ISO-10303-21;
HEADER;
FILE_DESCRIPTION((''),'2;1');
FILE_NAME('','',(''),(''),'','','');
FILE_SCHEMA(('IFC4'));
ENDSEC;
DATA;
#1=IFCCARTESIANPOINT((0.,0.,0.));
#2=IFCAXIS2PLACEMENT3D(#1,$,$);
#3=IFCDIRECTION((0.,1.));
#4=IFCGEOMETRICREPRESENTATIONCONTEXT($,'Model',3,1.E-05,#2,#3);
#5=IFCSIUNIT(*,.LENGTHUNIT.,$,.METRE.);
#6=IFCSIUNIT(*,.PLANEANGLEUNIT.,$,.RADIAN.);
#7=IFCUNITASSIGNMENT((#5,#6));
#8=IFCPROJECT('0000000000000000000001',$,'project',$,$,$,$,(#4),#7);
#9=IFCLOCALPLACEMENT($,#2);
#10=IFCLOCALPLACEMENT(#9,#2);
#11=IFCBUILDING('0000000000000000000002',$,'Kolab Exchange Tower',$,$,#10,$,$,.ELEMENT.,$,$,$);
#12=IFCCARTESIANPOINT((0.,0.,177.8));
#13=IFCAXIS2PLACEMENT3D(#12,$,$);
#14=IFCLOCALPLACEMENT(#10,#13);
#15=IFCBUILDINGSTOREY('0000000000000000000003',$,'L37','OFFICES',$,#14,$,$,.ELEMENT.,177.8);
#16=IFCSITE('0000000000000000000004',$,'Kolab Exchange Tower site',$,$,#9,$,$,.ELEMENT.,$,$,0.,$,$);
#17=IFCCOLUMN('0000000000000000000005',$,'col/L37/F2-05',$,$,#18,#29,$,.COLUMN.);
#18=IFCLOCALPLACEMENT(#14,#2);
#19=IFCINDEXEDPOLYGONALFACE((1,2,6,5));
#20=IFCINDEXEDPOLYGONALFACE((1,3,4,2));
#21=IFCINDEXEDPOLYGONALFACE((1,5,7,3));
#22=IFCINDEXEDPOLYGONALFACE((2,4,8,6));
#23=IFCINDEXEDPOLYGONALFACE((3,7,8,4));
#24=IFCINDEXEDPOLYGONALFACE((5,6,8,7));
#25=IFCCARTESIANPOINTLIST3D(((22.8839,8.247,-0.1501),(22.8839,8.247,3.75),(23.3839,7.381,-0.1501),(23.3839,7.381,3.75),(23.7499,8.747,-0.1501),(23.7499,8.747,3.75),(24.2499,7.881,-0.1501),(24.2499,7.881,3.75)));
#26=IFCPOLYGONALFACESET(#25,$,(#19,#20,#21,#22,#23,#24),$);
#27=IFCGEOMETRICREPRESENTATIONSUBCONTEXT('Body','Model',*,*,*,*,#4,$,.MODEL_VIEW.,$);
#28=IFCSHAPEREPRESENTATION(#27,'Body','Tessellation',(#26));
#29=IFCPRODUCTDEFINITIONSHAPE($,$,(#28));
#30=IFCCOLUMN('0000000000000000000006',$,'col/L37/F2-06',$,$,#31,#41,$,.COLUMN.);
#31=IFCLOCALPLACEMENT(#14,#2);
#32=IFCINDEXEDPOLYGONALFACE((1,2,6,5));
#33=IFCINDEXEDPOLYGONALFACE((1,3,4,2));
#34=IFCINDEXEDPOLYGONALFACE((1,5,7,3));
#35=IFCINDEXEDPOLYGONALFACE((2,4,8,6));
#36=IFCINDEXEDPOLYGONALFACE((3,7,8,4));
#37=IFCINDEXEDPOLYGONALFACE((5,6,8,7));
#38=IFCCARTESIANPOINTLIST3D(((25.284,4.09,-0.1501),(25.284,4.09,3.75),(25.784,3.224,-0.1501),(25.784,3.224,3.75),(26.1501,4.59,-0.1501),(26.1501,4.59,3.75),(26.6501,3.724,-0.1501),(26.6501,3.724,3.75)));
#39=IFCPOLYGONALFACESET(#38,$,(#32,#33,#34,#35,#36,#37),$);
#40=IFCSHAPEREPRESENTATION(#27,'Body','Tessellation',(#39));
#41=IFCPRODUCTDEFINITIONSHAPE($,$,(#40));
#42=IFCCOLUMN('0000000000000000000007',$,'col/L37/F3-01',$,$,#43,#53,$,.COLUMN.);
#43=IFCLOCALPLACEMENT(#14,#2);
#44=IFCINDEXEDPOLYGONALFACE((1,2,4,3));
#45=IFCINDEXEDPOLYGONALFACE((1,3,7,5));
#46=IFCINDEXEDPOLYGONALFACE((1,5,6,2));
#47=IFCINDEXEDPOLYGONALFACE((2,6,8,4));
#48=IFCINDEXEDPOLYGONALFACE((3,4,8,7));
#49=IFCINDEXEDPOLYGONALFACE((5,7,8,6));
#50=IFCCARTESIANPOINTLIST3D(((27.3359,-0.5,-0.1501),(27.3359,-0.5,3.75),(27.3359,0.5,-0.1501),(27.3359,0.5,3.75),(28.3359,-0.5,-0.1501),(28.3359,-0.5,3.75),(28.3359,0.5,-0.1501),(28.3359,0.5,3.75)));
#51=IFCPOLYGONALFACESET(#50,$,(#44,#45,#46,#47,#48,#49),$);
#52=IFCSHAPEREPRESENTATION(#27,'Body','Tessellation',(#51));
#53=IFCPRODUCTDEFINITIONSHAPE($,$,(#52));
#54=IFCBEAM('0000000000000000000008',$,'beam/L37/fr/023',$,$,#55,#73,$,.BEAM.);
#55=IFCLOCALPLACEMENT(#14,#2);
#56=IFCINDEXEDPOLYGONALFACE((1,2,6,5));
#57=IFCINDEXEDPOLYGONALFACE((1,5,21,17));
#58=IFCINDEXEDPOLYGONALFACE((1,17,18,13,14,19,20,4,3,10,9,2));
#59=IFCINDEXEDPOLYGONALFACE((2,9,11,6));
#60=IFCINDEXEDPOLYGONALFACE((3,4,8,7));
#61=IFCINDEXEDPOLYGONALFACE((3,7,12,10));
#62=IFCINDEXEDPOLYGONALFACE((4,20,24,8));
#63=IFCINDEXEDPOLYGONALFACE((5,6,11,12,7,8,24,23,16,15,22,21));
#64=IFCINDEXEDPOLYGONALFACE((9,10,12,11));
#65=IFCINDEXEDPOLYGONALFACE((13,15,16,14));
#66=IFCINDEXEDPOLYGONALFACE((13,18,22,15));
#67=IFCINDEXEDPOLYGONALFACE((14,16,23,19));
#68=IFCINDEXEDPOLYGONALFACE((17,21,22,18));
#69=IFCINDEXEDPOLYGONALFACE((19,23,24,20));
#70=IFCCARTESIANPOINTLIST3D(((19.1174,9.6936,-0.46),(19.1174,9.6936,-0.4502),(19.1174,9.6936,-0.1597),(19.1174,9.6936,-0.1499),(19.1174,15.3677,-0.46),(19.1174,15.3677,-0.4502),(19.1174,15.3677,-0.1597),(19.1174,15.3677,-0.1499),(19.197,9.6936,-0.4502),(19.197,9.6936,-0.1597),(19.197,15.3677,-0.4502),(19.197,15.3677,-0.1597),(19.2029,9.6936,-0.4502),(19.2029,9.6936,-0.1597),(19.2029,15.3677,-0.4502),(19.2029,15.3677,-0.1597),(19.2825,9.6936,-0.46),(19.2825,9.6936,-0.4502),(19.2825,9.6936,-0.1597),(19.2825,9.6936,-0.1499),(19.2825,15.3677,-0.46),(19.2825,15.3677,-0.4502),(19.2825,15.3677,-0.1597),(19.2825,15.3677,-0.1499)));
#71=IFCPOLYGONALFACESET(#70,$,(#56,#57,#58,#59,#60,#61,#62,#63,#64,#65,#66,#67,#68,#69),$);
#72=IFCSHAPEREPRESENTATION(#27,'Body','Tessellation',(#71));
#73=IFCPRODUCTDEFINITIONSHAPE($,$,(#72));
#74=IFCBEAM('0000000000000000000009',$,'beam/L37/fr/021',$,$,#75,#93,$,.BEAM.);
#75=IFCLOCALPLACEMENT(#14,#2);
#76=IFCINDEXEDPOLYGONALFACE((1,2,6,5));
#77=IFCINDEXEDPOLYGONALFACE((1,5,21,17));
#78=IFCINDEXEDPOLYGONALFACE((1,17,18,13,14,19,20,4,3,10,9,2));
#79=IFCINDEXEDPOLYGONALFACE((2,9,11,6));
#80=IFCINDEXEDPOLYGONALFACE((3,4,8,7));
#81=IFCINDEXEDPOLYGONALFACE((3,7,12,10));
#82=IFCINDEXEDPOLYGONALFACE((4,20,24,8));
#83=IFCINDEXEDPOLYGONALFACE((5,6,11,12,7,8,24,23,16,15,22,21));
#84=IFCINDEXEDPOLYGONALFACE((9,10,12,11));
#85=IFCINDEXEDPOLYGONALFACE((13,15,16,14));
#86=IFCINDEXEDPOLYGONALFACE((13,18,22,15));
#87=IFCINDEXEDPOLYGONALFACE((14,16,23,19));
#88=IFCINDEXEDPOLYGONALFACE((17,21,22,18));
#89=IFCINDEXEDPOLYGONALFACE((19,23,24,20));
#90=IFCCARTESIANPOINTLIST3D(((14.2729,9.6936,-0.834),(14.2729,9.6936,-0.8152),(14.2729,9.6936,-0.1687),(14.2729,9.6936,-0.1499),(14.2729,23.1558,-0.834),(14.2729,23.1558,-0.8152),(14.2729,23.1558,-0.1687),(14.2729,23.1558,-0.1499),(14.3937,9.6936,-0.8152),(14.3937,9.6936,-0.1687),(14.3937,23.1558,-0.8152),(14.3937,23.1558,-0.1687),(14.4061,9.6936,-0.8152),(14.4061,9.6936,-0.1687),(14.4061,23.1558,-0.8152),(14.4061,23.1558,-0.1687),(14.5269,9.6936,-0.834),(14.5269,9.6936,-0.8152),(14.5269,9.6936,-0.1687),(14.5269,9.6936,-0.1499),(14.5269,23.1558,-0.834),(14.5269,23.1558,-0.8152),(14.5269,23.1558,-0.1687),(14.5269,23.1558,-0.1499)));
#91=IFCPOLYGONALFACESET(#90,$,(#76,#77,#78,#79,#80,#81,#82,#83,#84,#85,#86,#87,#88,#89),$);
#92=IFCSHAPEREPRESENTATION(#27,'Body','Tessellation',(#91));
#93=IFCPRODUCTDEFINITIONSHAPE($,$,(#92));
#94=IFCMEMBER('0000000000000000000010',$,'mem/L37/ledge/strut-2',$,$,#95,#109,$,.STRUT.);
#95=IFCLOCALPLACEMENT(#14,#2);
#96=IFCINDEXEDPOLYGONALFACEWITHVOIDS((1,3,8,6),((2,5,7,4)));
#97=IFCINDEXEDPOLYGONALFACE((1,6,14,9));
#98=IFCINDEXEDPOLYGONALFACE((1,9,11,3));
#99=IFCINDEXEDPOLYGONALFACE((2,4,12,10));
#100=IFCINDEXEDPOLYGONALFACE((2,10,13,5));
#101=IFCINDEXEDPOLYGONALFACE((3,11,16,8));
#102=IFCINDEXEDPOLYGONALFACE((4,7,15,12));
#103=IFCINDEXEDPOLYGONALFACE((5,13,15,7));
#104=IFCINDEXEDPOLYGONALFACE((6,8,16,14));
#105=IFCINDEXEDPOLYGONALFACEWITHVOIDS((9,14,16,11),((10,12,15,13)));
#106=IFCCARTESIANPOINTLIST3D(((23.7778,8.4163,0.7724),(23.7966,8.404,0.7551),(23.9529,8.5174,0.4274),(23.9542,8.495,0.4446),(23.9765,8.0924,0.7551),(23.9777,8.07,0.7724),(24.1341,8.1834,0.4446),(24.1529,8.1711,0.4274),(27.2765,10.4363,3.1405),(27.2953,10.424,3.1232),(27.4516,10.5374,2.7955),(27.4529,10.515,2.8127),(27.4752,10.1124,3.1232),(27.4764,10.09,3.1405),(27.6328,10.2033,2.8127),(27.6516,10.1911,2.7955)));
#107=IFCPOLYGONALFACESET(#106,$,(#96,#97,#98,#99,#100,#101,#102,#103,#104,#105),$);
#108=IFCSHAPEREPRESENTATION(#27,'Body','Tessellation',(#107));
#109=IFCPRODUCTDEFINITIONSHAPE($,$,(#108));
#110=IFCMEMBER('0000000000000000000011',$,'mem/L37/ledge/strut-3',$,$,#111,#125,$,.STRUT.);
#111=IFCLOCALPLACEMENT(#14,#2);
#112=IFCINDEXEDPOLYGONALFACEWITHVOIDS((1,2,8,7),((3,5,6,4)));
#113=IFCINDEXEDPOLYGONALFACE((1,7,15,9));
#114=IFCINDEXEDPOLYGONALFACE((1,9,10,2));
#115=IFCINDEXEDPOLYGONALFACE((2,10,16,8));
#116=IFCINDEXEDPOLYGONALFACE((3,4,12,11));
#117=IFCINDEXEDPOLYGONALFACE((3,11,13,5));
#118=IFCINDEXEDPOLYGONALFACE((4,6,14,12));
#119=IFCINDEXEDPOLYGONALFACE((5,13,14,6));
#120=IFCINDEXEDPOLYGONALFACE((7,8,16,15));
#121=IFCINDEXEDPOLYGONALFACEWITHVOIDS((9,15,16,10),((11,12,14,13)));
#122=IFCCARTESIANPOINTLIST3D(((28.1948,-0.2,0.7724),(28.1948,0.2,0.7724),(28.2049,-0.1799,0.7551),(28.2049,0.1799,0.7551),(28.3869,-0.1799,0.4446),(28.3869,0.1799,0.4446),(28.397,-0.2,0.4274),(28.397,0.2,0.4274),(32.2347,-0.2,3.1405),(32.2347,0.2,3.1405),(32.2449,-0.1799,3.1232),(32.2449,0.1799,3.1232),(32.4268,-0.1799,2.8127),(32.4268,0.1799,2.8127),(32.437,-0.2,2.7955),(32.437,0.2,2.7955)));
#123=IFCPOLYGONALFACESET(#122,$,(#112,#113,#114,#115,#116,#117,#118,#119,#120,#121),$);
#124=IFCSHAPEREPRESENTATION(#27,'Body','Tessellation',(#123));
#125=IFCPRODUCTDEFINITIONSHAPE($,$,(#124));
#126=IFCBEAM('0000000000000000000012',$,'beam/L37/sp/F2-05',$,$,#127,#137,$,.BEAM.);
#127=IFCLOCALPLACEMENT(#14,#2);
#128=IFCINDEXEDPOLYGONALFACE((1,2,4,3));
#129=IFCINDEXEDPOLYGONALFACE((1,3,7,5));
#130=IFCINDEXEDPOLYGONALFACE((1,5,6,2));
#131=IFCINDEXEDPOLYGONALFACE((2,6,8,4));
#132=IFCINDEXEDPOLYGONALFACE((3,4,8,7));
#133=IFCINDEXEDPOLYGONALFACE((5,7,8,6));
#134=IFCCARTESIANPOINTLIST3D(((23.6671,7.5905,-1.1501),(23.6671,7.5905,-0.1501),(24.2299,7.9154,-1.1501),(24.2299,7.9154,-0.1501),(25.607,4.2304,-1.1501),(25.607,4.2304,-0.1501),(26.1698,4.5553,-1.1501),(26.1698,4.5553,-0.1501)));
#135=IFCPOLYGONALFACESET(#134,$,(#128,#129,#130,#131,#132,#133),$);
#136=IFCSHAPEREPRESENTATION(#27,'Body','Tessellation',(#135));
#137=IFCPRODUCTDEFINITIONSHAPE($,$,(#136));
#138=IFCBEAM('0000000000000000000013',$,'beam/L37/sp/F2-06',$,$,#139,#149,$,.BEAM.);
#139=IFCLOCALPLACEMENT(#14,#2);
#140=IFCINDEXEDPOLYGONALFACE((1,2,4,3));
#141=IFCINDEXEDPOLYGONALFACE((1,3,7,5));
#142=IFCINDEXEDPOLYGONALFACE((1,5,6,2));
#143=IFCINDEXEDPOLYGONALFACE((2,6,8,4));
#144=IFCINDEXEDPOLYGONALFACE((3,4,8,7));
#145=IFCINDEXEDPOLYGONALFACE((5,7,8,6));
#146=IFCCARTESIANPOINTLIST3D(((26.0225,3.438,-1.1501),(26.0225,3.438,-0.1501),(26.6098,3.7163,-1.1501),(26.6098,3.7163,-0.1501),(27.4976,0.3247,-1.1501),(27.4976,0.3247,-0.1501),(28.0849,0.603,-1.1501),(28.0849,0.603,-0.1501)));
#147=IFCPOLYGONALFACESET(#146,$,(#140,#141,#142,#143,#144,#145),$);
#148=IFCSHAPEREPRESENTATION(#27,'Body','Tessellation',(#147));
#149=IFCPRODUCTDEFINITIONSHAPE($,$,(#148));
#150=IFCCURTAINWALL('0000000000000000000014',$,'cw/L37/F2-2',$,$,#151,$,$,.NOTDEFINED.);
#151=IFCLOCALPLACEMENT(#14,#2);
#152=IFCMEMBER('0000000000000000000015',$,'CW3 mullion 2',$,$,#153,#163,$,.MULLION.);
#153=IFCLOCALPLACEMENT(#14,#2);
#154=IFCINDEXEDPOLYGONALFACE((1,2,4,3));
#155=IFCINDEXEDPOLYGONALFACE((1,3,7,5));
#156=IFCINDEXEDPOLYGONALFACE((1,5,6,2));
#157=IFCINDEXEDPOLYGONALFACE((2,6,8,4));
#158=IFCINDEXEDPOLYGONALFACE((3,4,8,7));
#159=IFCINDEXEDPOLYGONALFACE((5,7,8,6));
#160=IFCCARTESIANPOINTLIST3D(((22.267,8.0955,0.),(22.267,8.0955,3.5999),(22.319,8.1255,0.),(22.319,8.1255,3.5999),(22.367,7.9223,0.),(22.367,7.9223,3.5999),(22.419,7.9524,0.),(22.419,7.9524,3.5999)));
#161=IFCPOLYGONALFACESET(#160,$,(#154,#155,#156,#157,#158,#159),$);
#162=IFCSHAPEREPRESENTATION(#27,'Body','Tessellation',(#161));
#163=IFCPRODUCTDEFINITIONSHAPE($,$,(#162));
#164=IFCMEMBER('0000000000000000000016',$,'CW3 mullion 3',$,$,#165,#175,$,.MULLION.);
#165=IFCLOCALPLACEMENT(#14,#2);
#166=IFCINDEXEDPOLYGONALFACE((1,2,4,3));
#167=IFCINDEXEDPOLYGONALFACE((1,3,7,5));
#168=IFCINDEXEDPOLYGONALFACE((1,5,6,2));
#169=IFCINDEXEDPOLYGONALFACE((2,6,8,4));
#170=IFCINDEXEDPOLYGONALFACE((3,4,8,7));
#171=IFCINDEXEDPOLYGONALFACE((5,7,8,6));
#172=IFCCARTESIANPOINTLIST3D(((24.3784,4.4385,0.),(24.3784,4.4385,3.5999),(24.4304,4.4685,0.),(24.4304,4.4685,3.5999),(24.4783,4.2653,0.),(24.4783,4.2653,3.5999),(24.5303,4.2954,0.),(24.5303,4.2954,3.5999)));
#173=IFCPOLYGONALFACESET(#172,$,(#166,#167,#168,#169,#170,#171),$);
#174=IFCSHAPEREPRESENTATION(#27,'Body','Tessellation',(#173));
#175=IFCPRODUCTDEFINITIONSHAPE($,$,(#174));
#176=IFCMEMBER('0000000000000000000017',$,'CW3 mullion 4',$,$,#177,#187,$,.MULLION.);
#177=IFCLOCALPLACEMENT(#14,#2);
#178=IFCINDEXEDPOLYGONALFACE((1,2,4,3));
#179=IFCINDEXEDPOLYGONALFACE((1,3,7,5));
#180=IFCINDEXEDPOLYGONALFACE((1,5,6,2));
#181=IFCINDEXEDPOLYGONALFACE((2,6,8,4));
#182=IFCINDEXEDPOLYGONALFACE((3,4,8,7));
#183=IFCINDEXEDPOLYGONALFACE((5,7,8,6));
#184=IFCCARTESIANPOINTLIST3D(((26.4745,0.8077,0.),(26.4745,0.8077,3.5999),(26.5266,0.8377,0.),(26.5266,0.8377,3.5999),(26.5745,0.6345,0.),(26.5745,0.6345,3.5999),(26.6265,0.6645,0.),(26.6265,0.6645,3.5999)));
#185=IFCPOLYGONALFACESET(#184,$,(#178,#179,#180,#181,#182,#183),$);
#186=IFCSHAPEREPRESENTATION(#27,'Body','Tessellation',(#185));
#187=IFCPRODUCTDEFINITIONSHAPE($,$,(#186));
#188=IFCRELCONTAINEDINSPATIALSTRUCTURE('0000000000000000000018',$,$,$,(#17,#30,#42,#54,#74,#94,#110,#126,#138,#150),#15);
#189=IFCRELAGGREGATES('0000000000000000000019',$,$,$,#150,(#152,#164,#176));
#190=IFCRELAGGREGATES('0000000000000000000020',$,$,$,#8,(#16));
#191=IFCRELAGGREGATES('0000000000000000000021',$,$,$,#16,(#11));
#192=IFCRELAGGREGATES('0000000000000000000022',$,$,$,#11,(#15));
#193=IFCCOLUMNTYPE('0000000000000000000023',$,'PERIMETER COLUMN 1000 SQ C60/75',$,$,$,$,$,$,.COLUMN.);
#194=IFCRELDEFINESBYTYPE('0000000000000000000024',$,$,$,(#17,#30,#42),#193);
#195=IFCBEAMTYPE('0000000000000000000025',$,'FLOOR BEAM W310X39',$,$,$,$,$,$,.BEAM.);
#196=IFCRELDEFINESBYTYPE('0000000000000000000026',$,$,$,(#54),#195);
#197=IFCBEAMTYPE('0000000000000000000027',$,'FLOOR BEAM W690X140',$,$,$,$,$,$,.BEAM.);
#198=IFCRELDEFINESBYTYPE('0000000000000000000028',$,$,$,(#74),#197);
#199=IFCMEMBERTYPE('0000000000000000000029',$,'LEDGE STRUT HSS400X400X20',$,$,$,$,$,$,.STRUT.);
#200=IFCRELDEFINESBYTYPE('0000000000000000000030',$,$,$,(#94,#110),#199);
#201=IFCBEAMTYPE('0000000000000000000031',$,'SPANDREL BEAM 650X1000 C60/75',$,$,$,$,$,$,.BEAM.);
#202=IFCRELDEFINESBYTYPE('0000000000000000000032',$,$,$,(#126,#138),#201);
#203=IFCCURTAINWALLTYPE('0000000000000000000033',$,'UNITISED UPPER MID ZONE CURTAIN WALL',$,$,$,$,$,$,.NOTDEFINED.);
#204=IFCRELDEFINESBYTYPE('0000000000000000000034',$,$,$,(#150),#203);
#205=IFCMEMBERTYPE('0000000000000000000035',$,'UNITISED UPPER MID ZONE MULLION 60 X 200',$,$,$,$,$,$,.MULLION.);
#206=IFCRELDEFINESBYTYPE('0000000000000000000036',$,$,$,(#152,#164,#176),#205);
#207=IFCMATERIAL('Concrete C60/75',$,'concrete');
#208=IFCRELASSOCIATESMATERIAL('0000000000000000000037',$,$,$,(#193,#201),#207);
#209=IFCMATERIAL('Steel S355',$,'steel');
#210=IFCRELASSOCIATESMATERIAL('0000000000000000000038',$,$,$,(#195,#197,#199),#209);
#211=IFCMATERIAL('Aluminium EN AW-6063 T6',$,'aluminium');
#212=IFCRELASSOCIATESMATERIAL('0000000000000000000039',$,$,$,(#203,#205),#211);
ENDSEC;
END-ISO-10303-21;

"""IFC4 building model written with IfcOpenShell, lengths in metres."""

from ifc_helpers import new_model, si_unit, direction, frame, origin, origin_2d, place, context, subcontext, project, spatial, rectangle, hollow_rectangle, i_section, extrude, material, material_profile, profile_set, type_object, element, aggregate, save


model = new_model("IFC4")

# Units and contexts
model_context = context("Model", 3, precision=1e-05, world=origin(), true_north=direction((0.0, 1.0)))
body_context = subcontext(model_context, "Body", "Model", "MODEL_VIEW")
ifc_project = project(units=[si_unit("LENGTHUNIT", "METRE"), si_unit("PLANEANGLEUNIT", "RADIAN")], contexts=[model_context])

# Site, building, storey
site_placement = place(None, origin())
site = spatial("IfcSite", under=ifc_project, at=site_placement, Name="Kolab Exchange Tower site", CompositionType="ELEMENT", RefElevation=0.0)
building_placement = place(site_placement, origin())
building = spatial("IfcBuilding", under=site, at=building_placement, Name="Kolab Exchange Tower", CompositionType="ELEMENT")
storey_placement = place(building_placement, frame((0.0, 0.0, 177.8)))
storey = spatial("IfcBuildingStorey", under=building, at=storey_placement, Name="L37", Description="OFFICES", CompositionType="ELEMENT", Elevation=177.8)

# Columns
ifc_material_1 = material(Name="Concrete C60/75", Category="concrete")
ifc_material_profile_1 = material_profile(ifc_material_1, rectangle(XDim=1.0, YDim=1.0, at=origin_2d()), Name="RC1000")
ifc_profile_set_1 = profile_set([ifc_material_profile_1], Name="Concrete C60/75")
column_type = type_object("IfcColumnType", Name="PERIMETER COLUMN 1000 SQ C60/75", PredefinedType="COLUMN", material=ifc_profile_set_1)
for number, where, z_axis, x_axis, name in (
    (1, (23.5669, 8.064, -0.1501), (0.0, 0.0, 1.0), (0.866025, 0.5, 0.0), "col/L37/F2-05"),
    (2, (25.967, 3.907, -0.1501), (0.0, 0.0, 1.0), (0.866025, 0.5, 0.0), "col/L37/F2-06"),
    (3, (27.8359, 0.0, -0.1501), (0.0, 0.0, 1.0), (1.0, 0.0, 0.0), "col/L37/F3-01"),
):
    element("IfcColumn", number, at=place(storey_placement, frame(where, z_axis=z_axis, x_axis=x_axis)), inside=storey, type_object=column_type, Name=name, PredefinedType="COLUMN", context=body_context, shape_type="SweptSolid", body=[
        extrude(rectangle(XDim=1.0, YDim=1.0, at=origin_2d()), origin(), (0.0, 0.0, 1.0), 3.9001),
    ])

# Beams
ifc_material_2 = material(Name="Steel S355", Category="steel")
ifc_material_profile_2 = material_profile(ifc_material_2, i_section(OverallWidth=0.165, OverallDepth=0.3101, WebThickness=0.0059, FlangeThickness=0.0098, at=origin_2d()), Name="W310X39")
ifc_profile_set_2 = profile_set([ifc_material_profile_2], Name="Steel S355")
beam_type_1 = type_object("IfcBeamType", Name="FLOOR BEAM W310X39", PredefinedType="BEAM", material=ifc_profile_set_2)
beam_1_placement = place(storey_placement, frame((19.2, 9.6936, -0.3049), z_axis=(0.0, 1.0, 0.0), x_axis=(-1.0, 0.0, 0.0)))
element("IfcBeam", 4, at=beam_1_placement, inside=storey, type_object=beam_type_1, Name="beam/L37/fr/023", PredefinedType="BEAM", context=body_context, shape_type="SweptSolid", body=[
    extrude(i_section(OverallWidth=0.165, OverallDepth=0.3101, WebThickness=0.0059, FlangeThickness=0.0098, at=origin_2d()), origin(), (0.0, 0.0, 1.0), 5.6741),
])
ifc_material_profile_3 = material_profile(ifc_material_2, i_section(OverallWidth=0.2539, OverallDepth=0.6841, WebThickness=0.0125, FlangeThickness=0.0188, at=origin_2d()), Name="W690X140")
ifc_profile_set_3 = profile_set([ifc_material_profile_3], Name="Steel S355")
beam_type_2 = type_object("IfcBeamType", Name="FLOOR BEAM W690X140", PredefinedType="BEAM", material=ifc_profile_set_3)
beam_2_placement = place(storey_placement, frame((14.3999, 9.6936, -0.4919), z_axis=(0.0, 1.0, 0.0), x_axis=(-1.0, 0.0, 0.0)))
element("IfcBeam", 5, at=beam_2_placement, inside=storey, type_object=beam_type_2, Name="beam/L37/fr/021", PredefinedType="BEAM", context=body_context, shape_type="SweptSolid", body=[
    extrude(i_section(OverallWidth=0.2539, OverallDepth=0.6841, WebThickness=0.0125, FlangeThickness=0.0188, at=origin_2d()), origin(), (0.0, 0.0, 1.0), 13.4622),
])

# Members
ifc_material_profile_4 = material_profile(ifc_material_2, hollow_rectangle(XDim=0.3999, YDim=0.3999, WallThickness=0.02, at=origin_2d()), Name="HSS400X400X20")
ifc_profile_set_4 = profile_set([ifc_material_profile_4], Name="Steel S355")
member_type_1 = type_object("IfcMemberType", Name="LEDGE STRUT HSS400X400X20", PredefinedType="STRUT", material=ifc_profile_set_4)
for number, where, z_axis, x_axis, name in (
    (6, (23.9653, 8.2937, 0.5999), (0.747129, 0.431355, 0.505698), (-0.5, 0.866026, 0.0), "mem/L37/ledge/strut-2"),
    (7, (28.2959, 0.0, 0.5999), (0.862711, 0.0, 0.505698), (0.0, 1.0, 0.0), "mem/L37/ledge/strut-3"),
):
    element("IfcMember", number, at=place(storey_placement, frame(where, z_axis=z_axis, x_axis=x_axis)), inside=storey, type_object=member_type_1, Name=name, PredefinedType="STRUT", context=body_context, shape_type="SweptSolid", body=[
        extrude(hollow_rectangle(XDim=0.3999, YDim=0.3999, WallThickness=0.02, at=origin_2d()), origin(), (0.0, 0.0, 1.0), 4.6829),
    ])

# Beams
ifc_material_profile_5 = material_profile(ifc_material_1, rectangle(XDim=0.6499, YDim=1.0, at=origin_2d()), Name="RC650X1000")
ifc_profile_set_5 = profile_set([ifc_material_profile_5], Name="Concrete C60/75")
beam_type_3 = type_object("IfcBeamType", Name="SPANDREL BEAM 650X1000 C60/75", PredefinedType="BEAM", material=ifc_profile_set_5)
beam_3_placement = place(storey_placement, frame((23.9485, 7.7529, -0.6501), z_axis=(0.499997, -0.866027, 0.0), x_axis=(0.866027, 0.499997, 0.0)))
element("IfcBeam", 8, at=beam_3_placement, inside=storey, type_object=beam_type_3, Name="beam/L37/sp/F2-05", PredefinedType="BEAM", context=body_context, shape_type="SweptSolid", body=[
    extrude(rectangle(XDim=0.6499, YDim=1.0, at=origin_2d()), origin(), (0.0, 0.0, 1.0), 3.8799),
])
beam_4_placement = place(storey_placement, frame((26.3162, 3.5771, -0.6501), z_axis=(0.428178, -0.903695, 0.0), x_axis=(0.903695, 0.428178, 0.0)))
element("IfcBeam", 9, at=beam_4_placement, inside=storey, type_object=beam_type_3, Name="beam/L37/sp/F2-06", PredefinedType="BEAM", context=body_context, shape_type="SweptSolid", body=[
    extrude(rectangle(XDim=0.6499, YDim=1.0, at=origin_2d()), origin(), (0.0, 0.0, 1.0), 3.4451),
])

# Curtain wall, members
ifc_material_3 = material(Name="Aluminium EN AW-6063 T6", Category="aluminium")
curtain_wall_type = type_object("IfcCurtainWallType", Name="UNITISED UPPER MID ZONE CURTAIN WALL", PredefinedType="NOTDEFINED", material=ifc_material_3)
curtain_wall_1_placement = place(storey_placement, origin())
curtain_wall_1 = element("IfcCurtainWall", 10, at=curtain_wall_1_placement, inside=storey, type_object=curtain_wall_type, Name="cw/L37/F2-2", PredefinedType="NOTDEFINED")
ifc_material_profile_6 = material_profile(ifc_material_3, rectangle(XDim=0.0601, YDim=0.2, at=origin_2d()), Name="RECT 60X200")
ifc_profile_set_6 = profile_set([ifc_material_profile_6], Name="Aluminium EN AW-6063 T6")
member_type_2 = type_object("IfcMemberType", Name="UNITISED UPPER MID ZONE MULLION 60 X 200", PredefinedType="MULLION", material=ifc_profile_set_6)
member_1_placement = place(storey_placement, frame((22.343, 8.0239, 0.0), z_axis=(0.0, 0.0, 1.0), x_axis=(0.866025, 0.5, 0.0)))
member_1 = element("IfcMember", 11, at=member_1_placement, type_object=member_type_2, Name="CW3 mullion 2", PredefinedType="MULLION", context=body_context, shape_type="SweptSolid", body=[
    extrude(rectangle(XDim=0.0601, YDim=0.2, at=origin_2d()), origin(), (0.0, 0.0, 1.0), 3.5999),
])
member_2_placement = place(storey_placement, frame((24.4543, 4.3669, 0.0), z_axis=(0.0, 0.0, 1.0), x_axis=(0.866025, 0.5, 0.0)))
member_2 = element("IfcMember", 12, at=member_2_placement, type_object=member_type_2, Name="CW3 mullion 3", PredefinedType="MULLION", context=body_context, shape_type="SweptSolid", body=[
    extrude(rectangle(XDim=0.0601, YDim=0.2, at=origin_2d()), origin(), (0.0, 0.0, 1.0), 3.5999),
])
member_3_placement = place(storey_placement, frame((26.5505, 0.7361, 0.0), z_axis=(0.0, 0.0, 1.0), x_axis=(0.866025, 0.5, 0.0)))
member_3 = element("IfcMember", 13, at=member_3_placement, type_object=member_type_2, Name="CW3 mullion 4", PredefinedType="MULLION", context=body_context, shape_type="SweptSolid", body=[
    extrude(rectangle(XDim=0.0601, YDim=0.2, at=origin_2d()), origin(), (0.0, 0.0, 1.0), 3.5999),
])

aggregate(curtain_wall_1, [member_1, member_2, member_3])

save(model, "model.ifc")
